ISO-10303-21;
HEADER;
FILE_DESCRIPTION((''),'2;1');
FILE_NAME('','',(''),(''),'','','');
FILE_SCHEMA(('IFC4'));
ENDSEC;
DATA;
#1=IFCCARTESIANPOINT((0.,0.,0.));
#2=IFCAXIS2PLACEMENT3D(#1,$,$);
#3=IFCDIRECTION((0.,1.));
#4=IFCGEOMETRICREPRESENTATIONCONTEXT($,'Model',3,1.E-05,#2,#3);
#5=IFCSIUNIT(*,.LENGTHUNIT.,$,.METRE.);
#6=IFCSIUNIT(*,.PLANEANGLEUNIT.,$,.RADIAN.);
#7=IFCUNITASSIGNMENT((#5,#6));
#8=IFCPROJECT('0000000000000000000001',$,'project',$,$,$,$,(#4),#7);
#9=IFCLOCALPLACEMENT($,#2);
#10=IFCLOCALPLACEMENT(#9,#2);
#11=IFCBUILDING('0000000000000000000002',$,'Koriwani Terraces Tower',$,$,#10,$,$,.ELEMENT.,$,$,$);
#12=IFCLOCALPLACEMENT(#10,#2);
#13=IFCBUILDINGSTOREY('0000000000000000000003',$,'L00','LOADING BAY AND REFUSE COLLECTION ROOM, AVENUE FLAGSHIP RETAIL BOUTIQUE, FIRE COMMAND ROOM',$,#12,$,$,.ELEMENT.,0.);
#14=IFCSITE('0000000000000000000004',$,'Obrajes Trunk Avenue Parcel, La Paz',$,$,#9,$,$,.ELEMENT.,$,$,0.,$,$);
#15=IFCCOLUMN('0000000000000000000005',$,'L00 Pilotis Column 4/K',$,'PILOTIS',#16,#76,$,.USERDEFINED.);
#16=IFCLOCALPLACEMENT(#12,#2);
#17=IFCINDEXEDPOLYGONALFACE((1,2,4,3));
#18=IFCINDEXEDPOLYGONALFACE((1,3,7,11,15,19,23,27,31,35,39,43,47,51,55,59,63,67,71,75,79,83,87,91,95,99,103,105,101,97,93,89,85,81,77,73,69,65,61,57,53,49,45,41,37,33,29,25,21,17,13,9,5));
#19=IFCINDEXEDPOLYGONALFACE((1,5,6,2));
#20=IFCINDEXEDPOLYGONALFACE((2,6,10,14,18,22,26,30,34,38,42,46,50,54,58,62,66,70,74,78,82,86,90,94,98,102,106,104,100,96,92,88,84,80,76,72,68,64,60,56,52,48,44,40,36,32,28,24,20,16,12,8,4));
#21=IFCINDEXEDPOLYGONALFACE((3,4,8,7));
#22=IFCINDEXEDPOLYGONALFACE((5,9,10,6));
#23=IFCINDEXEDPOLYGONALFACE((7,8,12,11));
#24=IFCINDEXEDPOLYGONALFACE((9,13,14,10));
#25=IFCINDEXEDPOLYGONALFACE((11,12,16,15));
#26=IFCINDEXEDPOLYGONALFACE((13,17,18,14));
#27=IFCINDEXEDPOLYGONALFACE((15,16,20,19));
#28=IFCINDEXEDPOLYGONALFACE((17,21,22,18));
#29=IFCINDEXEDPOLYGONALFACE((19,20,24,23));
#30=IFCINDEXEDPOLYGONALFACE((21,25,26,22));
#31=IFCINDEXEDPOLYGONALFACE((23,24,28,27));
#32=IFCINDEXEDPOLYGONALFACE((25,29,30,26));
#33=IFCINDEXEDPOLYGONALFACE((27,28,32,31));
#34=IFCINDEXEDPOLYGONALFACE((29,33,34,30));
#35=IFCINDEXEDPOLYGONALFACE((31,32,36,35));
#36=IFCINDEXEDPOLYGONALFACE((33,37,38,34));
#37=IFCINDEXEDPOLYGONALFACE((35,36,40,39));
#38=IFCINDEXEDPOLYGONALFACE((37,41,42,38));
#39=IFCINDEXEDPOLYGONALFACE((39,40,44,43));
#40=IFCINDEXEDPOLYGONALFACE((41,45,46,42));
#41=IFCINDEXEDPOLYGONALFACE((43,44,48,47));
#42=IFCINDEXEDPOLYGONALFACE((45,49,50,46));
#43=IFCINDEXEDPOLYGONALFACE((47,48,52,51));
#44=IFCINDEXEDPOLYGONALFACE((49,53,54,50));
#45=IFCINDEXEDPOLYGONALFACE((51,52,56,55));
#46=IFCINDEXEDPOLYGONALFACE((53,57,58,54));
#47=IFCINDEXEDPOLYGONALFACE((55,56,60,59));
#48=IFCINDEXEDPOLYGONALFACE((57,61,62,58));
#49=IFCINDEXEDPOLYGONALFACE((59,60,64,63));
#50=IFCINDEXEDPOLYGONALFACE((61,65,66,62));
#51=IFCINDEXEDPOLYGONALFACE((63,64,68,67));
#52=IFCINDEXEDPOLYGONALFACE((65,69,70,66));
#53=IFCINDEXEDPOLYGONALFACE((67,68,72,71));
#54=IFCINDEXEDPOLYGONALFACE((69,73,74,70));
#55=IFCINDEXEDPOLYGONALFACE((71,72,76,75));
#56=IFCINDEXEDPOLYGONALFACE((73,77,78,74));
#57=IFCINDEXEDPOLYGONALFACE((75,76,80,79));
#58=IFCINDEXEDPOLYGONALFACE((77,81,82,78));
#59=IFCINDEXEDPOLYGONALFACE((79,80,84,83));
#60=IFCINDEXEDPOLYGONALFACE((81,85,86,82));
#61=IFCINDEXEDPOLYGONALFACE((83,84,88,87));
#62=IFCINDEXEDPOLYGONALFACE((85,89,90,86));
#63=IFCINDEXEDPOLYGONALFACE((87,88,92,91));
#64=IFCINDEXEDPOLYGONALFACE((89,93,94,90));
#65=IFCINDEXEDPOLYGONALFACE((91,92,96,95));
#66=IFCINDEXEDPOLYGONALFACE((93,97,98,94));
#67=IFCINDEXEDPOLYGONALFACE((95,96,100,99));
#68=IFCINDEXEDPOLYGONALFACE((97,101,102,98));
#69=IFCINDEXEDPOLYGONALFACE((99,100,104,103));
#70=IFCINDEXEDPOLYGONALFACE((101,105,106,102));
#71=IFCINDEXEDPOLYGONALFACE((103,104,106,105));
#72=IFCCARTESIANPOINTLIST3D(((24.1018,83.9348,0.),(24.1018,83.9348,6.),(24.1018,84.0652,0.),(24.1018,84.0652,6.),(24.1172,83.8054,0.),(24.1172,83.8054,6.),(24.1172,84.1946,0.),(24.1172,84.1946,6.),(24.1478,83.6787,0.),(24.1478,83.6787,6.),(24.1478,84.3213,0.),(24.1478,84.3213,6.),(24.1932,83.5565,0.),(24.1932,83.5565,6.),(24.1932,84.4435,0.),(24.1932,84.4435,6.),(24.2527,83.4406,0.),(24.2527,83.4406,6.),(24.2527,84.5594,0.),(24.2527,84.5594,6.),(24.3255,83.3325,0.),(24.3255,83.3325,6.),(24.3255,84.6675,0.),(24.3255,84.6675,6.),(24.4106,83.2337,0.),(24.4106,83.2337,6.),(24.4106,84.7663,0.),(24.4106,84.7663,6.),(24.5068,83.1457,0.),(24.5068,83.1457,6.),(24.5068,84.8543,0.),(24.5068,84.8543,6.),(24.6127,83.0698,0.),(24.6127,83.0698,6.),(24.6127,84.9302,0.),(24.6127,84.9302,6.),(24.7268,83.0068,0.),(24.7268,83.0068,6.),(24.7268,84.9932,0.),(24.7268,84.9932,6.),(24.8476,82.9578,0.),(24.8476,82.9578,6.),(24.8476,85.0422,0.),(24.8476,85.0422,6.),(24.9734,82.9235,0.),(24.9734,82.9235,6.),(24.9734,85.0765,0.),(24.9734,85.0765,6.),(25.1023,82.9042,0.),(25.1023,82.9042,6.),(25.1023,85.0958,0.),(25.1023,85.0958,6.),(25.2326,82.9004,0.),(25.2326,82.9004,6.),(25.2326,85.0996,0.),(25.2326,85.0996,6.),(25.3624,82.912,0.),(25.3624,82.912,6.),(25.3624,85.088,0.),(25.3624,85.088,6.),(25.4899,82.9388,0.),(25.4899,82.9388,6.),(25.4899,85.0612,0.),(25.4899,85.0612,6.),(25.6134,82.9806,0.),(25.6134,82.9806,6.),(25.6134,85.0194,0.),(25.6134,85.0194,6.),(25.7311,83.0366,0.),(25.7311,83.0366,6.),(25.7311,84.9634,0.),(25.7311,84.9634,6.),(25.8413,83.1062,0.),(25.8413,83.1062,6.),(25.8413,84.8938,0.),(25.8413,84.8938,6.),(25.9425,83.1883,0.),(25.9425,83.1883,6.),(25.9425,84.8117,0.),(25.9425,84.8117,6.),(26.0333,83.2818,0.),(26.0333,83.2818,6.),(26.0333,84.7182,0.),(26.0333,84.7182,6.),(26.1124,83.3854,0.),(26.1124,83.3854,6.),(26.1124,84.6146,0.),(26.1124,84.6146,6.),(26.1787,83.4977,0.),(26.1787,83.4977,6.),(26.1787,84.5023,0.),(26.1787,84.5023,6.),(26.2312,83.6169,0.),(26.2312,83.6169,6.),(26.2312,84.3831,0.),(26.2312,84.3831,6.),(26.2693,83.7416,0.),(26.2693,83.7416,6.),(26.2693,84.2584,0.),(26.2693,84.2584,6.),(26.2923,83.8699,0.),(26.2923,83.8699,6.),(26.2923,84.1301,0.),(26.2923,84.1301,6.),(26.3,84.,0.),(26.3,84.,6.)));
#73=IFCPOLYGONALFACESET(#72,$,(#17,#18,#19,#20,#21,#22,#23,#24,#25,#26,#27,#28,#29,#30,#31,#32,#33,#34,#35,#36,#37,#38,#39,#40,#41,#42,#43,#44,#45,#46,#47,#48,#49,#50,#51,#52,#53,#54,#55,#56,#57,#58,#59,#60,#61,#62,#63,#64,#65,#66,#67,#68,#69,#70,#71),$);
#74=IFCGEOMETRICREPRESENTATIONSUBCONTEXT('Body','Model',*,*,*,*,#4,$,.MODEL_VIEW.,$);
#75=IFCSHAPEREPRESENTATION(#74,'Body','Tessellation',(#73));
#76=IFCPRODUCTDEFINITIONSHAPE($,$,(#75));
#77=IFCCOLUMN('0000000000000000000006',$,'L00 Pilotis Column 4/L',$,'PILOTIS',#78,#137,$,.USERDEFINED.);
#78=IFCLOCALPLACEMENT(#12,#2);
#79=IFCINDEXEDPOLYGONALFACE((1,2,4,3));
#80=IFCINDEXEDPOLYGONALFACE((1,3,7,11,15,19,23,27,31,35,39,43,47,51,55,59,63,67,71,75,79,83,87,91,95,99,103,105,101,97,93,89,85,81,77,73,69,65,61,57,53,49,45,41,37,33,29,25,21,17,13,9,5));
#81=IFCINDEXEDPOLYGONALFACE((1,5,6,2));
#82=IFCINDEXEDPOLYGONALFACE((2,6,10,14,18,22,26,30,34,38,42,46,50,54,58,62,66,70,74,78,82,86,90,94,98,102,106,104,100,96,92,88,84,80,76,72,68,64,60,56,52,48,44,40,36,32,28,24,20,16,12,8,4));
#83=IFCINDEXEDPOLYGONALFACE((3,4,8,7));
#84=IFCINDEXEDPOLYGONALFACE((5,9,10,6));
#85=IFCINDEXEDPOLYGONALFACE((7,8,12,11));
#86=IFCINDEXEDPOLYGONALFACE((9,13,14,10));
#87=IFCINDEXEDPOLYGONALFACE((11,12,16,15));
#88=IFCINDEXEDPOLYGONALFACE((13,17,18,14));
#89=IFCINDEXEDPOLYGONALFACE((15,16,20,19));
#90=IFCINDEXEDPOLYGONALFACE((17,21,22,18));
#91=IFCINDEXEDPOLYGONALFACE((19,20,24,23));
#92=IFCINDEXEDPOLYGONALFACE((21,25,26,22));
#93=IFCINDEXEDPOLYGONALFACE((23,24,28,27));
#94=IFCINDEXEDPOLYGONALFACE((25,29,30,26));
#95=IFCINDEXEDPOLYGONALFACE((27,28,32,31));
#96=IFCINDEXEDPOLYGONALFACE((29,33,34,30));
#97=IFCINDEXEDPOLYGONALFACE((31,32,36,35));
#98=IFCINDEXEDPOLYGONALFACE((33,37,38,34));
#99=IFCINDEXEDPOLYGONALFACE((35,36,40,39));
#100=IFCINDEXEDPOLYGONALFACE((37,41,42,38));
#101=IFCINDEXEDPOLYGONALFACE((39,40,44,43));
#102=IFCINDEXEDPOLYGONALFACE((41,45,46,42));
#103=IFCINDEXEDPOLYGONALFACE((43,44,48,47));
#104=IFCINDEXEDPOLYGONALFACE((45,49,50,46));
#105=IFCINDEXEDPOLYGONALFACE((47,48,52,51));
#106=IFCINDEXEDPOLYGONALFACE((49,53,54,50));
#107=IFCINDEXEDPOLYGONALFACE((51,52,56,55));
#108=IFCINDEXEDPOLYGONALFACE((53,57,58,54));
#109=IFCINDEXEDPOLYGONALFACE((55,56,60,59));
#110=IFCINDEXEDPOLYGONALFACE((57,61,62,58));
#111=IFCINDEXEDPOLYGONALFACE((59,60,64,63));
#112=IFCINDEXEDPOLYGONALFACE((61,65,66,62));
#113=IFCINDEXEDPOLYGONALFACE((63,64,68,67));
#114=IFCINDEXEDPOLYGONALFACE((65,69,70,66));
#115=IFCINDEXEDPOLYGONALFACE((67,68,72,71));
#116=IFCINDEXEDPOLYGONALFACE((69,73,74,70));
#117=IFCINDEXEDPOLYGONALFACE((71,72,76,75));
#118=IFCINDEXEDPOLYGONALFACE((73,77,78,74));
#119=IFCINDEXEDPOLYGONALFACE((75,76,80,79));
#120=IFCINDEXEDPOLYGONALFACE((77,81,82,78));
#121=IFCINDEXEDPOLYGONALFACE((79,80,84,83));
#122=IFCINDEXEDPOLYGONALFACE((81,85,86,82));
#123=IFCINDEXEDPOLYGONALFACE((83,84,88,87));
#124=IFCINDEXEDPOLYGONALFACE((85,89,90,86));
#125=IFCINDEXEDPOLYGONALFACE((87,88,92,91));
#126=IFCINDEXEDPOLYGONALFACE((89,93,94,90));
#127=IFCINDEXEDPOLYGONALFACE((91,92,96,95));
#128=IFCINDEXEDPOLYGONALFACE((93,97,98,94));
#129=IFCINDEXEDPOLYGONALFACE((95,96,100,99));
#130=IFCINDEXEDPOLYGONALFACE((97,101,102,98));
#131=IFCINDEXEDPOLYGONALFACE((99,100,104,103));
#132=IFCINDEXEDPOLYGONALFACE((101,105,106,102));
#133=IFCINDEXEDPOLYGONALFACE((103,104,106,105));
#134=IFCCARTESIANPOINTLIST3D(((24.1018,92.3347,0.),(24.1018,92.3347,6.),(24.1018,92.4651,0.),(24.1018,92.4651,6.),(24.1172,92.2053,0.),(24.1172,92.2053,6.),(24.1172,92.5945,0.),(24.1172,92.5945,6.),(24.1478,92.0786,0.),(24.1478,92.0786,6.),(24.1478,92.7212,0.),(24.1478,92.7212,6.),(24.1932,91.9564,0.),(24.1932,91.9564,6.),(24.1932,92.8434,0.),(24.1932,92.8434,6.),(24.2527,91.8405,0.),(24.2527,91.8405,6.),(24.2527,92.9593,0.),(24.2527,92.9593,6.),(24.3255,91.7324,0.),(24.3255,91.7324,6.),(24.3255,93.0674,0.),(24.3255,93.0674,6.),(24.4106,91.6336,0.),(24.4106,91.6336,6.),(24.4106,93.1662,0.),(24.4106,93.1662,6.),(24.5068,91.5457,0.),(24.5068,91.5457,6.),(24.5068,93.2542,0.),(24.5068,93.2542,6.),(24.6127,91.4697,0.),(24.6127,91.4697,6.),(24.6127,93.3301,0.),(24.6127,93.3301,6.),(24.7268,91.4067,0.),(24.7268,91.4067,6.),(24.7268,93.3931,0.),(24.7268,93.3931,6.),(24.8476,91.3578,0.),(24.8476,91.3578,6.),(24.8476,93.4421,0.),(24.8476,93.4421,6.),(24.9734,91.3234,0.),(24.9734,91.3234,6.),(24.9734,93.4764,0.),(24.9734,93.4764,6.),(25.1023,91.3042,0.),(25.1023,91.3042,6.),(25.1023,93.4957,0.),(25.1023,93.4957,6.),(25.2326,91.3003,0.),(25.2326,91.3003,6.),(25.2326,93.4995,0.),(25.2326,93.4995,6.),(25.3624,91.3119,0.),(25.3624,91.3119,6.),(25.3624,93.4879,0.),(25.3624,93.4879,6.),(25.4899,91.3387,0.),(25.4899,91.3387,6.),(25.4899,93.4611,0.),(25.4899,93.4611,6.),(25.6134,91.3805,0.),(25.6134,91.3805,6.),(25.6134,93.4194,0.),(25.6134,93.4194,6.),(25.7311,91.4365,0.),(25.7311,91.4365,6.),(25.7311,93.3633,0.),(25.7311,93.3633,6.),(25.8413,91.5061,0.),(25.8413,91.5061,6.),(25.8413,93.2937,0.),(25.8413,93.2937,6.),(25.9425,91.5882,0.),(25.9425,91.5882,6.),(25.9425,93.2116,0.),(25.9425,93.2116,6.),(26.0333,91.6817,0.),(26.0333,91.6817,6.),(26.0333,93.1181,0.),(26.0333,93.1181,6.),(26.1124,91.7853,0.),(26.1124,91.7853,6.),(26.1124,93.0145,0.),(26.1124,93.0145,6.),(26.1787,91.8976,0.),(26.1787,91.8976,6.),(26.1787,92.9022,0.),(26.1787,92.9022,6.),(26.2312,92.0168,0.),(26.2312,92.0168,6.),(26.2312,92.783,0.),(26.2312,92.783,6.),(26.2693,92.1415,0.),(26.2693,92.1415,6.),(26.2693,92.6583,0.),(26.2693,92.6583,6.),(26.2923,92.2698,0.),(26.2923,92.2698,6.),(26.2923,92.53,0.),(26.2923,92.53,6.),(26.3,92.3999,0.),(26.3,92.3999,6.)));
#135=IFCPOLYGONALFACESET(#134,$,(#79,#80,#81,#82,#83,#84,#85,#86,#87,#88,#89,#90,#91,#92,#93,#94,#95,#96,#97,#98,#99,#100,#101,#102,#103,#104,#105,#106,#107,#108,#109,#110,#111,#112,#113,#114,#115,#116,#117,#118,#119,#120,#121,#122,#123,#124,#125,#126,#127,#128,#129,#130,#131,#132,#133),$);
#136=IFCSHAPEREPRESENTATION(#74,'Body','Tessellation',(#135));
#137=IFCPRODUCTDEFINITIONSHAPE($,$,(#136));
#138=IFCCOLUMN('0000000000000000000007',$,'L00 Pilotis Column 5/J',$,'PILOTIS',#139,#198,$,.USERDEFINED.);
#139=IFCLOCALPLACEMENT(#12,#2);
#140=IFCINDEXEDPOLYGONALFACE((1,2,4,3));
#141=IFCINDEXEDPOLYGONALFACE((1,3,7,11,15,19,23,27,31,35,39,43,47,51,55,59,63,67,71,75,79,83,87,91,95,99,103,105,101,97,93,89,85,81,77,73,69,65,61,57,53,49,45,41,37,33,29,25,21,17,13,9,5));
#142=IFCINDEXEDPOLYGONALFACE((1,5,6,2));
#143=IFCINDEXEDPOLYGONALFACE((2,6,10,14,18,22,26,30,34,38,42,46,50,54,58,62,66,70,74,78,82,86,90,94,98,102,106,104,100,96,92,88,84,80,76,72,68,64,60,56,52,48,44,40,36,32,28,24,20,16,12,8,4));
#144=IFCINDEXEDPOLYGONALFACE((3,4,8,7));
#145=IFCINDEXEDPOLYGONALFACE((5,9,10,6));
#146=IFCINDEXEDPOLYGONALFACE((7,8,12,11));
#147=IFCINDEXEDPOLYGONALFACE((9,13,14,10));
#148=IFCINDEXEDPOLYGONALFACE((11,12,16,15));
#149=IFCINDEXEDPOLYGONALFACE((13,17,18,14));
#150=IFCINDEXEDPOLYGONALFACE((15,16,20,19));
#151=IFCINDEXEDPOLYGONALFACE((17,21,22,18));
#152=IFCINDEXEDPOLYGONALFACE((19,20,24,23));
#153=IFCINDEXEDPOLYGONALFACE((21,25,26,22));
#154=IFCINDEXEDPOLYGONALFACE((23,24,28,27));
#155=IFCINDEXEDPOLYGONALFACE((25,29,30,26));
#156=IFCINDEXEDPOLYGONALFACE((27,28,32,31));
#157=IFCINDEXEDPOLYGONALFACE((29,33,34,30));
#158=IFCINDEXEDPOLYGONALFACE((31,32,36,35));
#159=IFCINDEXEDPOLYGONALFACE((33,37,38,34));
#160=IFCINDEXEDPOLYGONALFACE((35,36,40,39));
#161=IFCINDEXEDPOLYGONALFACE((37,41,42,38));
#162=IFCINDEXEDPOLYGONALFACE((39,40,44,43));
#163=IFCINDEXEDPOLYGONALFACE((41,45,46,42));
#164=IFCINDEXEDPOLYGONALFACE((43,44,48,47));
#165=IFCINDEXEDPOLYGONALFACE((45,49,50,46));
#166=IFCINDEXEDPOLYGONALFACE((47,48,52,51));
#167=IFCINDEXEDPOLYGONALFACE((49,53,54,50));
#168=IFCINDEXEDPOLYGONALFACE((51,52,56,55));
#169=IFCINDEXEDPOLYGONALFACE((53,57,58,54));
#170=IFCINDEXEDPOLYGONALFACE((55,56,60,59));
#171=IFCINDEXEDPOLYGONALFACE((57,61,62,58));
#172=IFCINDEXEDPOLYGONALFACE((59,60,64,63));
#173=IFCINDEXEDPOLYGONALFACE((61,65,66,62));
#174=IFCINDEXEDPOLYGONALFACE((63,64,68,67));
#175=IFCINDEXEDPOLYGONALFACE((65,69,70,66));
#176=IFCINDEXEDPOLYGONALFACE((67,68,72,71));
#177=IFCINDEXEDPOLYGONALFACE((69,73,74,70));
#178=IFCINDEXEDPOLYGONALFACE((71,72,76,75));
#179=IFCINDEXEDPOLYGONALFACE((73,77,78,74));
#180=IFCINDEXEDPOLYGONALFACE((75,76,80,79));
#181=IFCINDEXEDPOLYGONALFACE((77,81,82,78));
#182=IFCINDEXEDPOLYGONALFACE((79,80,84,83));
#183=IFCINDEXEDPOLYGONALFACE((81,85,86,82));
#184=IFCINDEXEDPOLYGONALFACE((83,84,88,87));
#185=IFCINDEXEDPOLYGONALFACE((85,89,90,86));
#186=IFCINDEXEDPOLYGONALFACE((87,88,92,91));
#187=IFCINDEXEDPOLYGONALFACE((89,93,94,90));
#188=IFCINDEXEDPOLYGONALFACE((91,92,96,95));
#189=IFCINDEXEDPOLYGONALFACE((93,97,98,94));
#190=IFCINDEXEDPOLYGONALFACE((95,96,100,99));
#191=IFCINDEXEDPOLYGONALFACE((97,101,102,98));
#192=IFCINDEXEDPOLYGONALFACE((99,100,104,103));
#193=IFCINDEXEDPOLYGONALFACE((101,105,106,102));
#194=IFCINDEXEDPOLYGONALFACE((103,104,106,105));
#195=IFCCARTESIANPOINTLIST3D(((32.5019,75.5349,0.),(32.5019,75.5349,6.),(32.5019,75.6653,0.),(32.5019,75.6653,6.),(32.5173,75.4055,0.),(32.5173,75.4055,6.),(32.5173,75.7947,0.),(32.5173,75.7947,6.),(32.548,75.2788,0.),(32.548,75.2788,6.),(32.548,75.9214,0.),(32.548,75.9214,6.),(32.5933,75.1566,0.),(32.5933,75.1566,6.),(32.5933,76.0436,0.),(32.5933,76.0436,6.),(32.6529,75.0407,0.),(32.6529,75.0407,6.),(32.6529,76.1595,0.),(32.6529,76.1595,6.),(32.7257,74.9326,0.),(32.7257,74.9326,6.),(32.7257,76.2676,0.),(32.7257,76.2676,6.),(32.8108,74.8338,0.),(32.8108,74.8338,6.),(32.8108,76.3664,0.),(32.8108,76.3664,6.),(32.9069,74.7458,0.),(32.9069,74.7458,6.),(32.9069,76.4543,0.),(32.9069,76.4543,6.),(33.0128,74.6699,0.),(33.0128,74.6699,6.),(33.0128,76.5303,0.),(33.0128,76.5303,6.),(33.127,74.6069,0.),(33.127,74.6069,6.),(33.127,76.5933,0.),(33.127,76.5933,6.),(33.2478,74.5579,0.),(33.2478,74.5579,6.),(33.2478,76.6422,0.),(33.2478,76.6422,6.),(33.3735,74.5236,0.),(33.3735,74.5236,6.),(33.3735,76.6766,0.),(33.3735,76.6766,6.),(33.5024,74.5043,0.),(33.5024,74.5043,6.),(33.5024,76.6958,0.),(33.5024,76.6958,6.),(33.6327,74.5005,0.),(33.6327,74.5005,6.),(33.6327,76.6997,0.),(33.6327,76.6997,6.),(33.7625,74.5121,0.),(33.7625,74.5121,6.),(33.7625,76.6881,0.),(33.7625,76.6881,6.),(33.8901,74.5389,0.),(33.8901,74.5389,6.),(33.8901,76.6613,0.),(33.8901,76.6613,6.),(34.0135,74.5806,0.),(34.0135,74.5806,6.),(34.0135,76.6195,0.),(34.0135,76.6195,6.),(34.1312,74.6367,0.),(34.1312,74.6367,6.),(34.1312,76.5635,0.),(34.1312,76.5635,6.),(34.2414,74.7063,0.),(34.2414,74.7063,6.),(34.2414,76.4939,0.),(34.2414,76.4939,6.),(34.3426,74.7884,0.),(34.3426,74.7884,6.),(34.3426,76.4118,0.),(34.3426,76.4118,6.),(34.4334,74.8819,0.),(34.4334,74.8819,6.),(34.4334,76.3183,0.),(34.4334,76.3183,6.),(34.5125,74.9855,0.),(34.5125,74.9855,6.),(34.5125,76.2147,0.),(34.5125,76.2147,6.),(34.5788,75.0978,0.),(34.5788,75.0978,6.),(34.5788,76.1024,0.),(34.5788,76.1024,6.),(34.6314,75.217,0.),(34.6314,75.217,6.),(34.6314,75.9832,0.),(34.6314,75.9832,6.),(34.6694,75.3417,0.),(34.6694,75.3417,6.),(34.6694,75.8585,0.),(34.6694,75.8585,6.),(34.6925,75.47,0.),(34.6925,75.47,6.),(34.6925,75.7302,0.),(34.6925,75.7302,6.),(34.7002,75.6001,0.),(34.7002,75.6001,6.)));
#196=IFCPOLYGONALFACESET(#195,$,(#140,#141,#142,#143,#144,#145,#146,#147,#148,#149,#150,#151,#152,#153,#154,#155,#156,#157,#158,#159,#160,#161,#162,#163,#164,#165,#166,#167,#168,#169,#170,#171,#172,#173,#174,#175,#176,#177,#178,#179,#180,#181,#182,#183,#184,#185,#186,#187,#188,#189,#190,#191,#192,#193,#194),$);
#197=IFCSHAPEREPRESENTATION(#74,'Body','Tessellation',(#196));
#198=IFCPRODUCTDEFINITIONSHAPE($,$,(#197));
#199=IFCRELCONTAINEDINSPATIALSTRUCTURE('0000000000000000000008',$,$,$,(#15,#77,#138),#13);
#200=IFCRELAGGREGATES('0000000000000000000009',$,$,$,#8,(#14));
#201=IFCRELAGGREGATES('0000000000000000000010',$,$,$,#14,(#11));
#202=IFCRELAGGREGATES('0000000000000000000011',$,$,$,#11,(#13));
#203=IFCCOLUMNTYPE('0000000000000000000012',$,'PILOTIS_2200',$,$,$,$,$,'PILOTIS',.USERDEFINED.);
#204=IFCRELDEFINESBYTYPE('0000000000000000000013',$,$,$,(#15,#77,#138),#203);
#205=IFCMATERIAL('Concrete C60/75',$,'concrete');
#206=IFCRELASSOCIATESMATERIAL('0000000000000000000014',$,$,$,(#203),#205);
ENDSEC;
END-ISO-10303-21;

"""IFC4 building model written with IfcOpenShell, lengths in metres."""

from ifc_helpers import new_model, si_unit, direction, frame, origin, origin_2d, place, context, subcontext, project, spatial, circle, extrude, material, material_profile, profile_set, type_object, element, save


model = new_model("IFC4")

# Units and contexts
model_context = context("Model", 3, precision=1e-05, world=origin(), true_north=direction((0.0, 1.0)))
body_context = subcontext(model_context, "Body", "Model", "MODEL_VIEW")
ifc_project = project(units=[si_unit("LENGTHUNIT", "METRE"), si_unit("PLANEANGLEUNIT", "RADIAN")], contexts=[model_context])

# Site, building, storey
site_placement = place(None, origin())
site = spatial("IfcSite", under=ifc_project, at=site_placement, Name="Obrajes Trunk Avenue Parcel, La Paz", CompositionType="ELEMENT", RefElevation=0.0)
building_placement = place(site_placement, origin())
building = spatial("IfcBuilding", under=site, at=building_placement, Name="Koriwani Terraces Tower", CompositionType="ELEMENT")
storey_placement = place(building_placement, origin())
storey = spatial("IfcBuildingStorey", under=building, at=storey_placement, Name="L00", Description="LOADING BAY AND REFUSE COLLECTION ROOM, AVENUE FLAGSHIP RETAIL BOUTIQUE, FIRE COMMAND ROOM", CompositionType="ELEMENT", Elevation=0.0)

# Columns
ifc_material_1 = material(Name="Concrete C60/75", Category="concrete")
ifc_material_profile_1 = material_profile(ifc_material_1, circle(Radius=1.1001, at=origin_2d()), Name="Concrete C60/75", Category="LoadBearing")
ifc_profile_set_1 = profile_set([ifc_material_profile_1], Name="Concrete C60/75")
column_type = type_object("IfcColumnType", Name="PILOTIS_2200", ElementType="PILOTIS", PredefinedType="USERDEFINED", material=ifc_profile_set_1)
for number, where, z_axis, x_axis, name in (
    (1, (25.2, 84.0, 0.0), (0.0, 0.0, 1.0), (1.0, 0.0, 0.0), "L00 Pilotis Column 4/K"),
    (2, (25.2, 92.3999, 0.0), (0.0, 0.0, 1.0), (1.0, 0.0, 0.0), "L00 Pilotis Column 4/L"),
    (3, (33.6001, 75.6001, 0.0), (0.0, 0.0, 1.0), (1.0, 0.0, 0.0), "L00 Pilotis Column 5/J"),
):
    element("IfcColumn", number, at=place(storey_placement, frame(where, z_axis=z_axis, x_axis=x_axis)), inside=storey, type_object=column_type, Name=name, ObjectType="PILOTIS", PredefinedType="USERDEFINED", context=body_context, shape_type="SweptSolid", body=[
        extrude(circle(Radius=1.1001, at=origin_2d()), origin(), (0.0, 0.0, 1.0), 6.0),
    ])

save(model, "model.ifc")
